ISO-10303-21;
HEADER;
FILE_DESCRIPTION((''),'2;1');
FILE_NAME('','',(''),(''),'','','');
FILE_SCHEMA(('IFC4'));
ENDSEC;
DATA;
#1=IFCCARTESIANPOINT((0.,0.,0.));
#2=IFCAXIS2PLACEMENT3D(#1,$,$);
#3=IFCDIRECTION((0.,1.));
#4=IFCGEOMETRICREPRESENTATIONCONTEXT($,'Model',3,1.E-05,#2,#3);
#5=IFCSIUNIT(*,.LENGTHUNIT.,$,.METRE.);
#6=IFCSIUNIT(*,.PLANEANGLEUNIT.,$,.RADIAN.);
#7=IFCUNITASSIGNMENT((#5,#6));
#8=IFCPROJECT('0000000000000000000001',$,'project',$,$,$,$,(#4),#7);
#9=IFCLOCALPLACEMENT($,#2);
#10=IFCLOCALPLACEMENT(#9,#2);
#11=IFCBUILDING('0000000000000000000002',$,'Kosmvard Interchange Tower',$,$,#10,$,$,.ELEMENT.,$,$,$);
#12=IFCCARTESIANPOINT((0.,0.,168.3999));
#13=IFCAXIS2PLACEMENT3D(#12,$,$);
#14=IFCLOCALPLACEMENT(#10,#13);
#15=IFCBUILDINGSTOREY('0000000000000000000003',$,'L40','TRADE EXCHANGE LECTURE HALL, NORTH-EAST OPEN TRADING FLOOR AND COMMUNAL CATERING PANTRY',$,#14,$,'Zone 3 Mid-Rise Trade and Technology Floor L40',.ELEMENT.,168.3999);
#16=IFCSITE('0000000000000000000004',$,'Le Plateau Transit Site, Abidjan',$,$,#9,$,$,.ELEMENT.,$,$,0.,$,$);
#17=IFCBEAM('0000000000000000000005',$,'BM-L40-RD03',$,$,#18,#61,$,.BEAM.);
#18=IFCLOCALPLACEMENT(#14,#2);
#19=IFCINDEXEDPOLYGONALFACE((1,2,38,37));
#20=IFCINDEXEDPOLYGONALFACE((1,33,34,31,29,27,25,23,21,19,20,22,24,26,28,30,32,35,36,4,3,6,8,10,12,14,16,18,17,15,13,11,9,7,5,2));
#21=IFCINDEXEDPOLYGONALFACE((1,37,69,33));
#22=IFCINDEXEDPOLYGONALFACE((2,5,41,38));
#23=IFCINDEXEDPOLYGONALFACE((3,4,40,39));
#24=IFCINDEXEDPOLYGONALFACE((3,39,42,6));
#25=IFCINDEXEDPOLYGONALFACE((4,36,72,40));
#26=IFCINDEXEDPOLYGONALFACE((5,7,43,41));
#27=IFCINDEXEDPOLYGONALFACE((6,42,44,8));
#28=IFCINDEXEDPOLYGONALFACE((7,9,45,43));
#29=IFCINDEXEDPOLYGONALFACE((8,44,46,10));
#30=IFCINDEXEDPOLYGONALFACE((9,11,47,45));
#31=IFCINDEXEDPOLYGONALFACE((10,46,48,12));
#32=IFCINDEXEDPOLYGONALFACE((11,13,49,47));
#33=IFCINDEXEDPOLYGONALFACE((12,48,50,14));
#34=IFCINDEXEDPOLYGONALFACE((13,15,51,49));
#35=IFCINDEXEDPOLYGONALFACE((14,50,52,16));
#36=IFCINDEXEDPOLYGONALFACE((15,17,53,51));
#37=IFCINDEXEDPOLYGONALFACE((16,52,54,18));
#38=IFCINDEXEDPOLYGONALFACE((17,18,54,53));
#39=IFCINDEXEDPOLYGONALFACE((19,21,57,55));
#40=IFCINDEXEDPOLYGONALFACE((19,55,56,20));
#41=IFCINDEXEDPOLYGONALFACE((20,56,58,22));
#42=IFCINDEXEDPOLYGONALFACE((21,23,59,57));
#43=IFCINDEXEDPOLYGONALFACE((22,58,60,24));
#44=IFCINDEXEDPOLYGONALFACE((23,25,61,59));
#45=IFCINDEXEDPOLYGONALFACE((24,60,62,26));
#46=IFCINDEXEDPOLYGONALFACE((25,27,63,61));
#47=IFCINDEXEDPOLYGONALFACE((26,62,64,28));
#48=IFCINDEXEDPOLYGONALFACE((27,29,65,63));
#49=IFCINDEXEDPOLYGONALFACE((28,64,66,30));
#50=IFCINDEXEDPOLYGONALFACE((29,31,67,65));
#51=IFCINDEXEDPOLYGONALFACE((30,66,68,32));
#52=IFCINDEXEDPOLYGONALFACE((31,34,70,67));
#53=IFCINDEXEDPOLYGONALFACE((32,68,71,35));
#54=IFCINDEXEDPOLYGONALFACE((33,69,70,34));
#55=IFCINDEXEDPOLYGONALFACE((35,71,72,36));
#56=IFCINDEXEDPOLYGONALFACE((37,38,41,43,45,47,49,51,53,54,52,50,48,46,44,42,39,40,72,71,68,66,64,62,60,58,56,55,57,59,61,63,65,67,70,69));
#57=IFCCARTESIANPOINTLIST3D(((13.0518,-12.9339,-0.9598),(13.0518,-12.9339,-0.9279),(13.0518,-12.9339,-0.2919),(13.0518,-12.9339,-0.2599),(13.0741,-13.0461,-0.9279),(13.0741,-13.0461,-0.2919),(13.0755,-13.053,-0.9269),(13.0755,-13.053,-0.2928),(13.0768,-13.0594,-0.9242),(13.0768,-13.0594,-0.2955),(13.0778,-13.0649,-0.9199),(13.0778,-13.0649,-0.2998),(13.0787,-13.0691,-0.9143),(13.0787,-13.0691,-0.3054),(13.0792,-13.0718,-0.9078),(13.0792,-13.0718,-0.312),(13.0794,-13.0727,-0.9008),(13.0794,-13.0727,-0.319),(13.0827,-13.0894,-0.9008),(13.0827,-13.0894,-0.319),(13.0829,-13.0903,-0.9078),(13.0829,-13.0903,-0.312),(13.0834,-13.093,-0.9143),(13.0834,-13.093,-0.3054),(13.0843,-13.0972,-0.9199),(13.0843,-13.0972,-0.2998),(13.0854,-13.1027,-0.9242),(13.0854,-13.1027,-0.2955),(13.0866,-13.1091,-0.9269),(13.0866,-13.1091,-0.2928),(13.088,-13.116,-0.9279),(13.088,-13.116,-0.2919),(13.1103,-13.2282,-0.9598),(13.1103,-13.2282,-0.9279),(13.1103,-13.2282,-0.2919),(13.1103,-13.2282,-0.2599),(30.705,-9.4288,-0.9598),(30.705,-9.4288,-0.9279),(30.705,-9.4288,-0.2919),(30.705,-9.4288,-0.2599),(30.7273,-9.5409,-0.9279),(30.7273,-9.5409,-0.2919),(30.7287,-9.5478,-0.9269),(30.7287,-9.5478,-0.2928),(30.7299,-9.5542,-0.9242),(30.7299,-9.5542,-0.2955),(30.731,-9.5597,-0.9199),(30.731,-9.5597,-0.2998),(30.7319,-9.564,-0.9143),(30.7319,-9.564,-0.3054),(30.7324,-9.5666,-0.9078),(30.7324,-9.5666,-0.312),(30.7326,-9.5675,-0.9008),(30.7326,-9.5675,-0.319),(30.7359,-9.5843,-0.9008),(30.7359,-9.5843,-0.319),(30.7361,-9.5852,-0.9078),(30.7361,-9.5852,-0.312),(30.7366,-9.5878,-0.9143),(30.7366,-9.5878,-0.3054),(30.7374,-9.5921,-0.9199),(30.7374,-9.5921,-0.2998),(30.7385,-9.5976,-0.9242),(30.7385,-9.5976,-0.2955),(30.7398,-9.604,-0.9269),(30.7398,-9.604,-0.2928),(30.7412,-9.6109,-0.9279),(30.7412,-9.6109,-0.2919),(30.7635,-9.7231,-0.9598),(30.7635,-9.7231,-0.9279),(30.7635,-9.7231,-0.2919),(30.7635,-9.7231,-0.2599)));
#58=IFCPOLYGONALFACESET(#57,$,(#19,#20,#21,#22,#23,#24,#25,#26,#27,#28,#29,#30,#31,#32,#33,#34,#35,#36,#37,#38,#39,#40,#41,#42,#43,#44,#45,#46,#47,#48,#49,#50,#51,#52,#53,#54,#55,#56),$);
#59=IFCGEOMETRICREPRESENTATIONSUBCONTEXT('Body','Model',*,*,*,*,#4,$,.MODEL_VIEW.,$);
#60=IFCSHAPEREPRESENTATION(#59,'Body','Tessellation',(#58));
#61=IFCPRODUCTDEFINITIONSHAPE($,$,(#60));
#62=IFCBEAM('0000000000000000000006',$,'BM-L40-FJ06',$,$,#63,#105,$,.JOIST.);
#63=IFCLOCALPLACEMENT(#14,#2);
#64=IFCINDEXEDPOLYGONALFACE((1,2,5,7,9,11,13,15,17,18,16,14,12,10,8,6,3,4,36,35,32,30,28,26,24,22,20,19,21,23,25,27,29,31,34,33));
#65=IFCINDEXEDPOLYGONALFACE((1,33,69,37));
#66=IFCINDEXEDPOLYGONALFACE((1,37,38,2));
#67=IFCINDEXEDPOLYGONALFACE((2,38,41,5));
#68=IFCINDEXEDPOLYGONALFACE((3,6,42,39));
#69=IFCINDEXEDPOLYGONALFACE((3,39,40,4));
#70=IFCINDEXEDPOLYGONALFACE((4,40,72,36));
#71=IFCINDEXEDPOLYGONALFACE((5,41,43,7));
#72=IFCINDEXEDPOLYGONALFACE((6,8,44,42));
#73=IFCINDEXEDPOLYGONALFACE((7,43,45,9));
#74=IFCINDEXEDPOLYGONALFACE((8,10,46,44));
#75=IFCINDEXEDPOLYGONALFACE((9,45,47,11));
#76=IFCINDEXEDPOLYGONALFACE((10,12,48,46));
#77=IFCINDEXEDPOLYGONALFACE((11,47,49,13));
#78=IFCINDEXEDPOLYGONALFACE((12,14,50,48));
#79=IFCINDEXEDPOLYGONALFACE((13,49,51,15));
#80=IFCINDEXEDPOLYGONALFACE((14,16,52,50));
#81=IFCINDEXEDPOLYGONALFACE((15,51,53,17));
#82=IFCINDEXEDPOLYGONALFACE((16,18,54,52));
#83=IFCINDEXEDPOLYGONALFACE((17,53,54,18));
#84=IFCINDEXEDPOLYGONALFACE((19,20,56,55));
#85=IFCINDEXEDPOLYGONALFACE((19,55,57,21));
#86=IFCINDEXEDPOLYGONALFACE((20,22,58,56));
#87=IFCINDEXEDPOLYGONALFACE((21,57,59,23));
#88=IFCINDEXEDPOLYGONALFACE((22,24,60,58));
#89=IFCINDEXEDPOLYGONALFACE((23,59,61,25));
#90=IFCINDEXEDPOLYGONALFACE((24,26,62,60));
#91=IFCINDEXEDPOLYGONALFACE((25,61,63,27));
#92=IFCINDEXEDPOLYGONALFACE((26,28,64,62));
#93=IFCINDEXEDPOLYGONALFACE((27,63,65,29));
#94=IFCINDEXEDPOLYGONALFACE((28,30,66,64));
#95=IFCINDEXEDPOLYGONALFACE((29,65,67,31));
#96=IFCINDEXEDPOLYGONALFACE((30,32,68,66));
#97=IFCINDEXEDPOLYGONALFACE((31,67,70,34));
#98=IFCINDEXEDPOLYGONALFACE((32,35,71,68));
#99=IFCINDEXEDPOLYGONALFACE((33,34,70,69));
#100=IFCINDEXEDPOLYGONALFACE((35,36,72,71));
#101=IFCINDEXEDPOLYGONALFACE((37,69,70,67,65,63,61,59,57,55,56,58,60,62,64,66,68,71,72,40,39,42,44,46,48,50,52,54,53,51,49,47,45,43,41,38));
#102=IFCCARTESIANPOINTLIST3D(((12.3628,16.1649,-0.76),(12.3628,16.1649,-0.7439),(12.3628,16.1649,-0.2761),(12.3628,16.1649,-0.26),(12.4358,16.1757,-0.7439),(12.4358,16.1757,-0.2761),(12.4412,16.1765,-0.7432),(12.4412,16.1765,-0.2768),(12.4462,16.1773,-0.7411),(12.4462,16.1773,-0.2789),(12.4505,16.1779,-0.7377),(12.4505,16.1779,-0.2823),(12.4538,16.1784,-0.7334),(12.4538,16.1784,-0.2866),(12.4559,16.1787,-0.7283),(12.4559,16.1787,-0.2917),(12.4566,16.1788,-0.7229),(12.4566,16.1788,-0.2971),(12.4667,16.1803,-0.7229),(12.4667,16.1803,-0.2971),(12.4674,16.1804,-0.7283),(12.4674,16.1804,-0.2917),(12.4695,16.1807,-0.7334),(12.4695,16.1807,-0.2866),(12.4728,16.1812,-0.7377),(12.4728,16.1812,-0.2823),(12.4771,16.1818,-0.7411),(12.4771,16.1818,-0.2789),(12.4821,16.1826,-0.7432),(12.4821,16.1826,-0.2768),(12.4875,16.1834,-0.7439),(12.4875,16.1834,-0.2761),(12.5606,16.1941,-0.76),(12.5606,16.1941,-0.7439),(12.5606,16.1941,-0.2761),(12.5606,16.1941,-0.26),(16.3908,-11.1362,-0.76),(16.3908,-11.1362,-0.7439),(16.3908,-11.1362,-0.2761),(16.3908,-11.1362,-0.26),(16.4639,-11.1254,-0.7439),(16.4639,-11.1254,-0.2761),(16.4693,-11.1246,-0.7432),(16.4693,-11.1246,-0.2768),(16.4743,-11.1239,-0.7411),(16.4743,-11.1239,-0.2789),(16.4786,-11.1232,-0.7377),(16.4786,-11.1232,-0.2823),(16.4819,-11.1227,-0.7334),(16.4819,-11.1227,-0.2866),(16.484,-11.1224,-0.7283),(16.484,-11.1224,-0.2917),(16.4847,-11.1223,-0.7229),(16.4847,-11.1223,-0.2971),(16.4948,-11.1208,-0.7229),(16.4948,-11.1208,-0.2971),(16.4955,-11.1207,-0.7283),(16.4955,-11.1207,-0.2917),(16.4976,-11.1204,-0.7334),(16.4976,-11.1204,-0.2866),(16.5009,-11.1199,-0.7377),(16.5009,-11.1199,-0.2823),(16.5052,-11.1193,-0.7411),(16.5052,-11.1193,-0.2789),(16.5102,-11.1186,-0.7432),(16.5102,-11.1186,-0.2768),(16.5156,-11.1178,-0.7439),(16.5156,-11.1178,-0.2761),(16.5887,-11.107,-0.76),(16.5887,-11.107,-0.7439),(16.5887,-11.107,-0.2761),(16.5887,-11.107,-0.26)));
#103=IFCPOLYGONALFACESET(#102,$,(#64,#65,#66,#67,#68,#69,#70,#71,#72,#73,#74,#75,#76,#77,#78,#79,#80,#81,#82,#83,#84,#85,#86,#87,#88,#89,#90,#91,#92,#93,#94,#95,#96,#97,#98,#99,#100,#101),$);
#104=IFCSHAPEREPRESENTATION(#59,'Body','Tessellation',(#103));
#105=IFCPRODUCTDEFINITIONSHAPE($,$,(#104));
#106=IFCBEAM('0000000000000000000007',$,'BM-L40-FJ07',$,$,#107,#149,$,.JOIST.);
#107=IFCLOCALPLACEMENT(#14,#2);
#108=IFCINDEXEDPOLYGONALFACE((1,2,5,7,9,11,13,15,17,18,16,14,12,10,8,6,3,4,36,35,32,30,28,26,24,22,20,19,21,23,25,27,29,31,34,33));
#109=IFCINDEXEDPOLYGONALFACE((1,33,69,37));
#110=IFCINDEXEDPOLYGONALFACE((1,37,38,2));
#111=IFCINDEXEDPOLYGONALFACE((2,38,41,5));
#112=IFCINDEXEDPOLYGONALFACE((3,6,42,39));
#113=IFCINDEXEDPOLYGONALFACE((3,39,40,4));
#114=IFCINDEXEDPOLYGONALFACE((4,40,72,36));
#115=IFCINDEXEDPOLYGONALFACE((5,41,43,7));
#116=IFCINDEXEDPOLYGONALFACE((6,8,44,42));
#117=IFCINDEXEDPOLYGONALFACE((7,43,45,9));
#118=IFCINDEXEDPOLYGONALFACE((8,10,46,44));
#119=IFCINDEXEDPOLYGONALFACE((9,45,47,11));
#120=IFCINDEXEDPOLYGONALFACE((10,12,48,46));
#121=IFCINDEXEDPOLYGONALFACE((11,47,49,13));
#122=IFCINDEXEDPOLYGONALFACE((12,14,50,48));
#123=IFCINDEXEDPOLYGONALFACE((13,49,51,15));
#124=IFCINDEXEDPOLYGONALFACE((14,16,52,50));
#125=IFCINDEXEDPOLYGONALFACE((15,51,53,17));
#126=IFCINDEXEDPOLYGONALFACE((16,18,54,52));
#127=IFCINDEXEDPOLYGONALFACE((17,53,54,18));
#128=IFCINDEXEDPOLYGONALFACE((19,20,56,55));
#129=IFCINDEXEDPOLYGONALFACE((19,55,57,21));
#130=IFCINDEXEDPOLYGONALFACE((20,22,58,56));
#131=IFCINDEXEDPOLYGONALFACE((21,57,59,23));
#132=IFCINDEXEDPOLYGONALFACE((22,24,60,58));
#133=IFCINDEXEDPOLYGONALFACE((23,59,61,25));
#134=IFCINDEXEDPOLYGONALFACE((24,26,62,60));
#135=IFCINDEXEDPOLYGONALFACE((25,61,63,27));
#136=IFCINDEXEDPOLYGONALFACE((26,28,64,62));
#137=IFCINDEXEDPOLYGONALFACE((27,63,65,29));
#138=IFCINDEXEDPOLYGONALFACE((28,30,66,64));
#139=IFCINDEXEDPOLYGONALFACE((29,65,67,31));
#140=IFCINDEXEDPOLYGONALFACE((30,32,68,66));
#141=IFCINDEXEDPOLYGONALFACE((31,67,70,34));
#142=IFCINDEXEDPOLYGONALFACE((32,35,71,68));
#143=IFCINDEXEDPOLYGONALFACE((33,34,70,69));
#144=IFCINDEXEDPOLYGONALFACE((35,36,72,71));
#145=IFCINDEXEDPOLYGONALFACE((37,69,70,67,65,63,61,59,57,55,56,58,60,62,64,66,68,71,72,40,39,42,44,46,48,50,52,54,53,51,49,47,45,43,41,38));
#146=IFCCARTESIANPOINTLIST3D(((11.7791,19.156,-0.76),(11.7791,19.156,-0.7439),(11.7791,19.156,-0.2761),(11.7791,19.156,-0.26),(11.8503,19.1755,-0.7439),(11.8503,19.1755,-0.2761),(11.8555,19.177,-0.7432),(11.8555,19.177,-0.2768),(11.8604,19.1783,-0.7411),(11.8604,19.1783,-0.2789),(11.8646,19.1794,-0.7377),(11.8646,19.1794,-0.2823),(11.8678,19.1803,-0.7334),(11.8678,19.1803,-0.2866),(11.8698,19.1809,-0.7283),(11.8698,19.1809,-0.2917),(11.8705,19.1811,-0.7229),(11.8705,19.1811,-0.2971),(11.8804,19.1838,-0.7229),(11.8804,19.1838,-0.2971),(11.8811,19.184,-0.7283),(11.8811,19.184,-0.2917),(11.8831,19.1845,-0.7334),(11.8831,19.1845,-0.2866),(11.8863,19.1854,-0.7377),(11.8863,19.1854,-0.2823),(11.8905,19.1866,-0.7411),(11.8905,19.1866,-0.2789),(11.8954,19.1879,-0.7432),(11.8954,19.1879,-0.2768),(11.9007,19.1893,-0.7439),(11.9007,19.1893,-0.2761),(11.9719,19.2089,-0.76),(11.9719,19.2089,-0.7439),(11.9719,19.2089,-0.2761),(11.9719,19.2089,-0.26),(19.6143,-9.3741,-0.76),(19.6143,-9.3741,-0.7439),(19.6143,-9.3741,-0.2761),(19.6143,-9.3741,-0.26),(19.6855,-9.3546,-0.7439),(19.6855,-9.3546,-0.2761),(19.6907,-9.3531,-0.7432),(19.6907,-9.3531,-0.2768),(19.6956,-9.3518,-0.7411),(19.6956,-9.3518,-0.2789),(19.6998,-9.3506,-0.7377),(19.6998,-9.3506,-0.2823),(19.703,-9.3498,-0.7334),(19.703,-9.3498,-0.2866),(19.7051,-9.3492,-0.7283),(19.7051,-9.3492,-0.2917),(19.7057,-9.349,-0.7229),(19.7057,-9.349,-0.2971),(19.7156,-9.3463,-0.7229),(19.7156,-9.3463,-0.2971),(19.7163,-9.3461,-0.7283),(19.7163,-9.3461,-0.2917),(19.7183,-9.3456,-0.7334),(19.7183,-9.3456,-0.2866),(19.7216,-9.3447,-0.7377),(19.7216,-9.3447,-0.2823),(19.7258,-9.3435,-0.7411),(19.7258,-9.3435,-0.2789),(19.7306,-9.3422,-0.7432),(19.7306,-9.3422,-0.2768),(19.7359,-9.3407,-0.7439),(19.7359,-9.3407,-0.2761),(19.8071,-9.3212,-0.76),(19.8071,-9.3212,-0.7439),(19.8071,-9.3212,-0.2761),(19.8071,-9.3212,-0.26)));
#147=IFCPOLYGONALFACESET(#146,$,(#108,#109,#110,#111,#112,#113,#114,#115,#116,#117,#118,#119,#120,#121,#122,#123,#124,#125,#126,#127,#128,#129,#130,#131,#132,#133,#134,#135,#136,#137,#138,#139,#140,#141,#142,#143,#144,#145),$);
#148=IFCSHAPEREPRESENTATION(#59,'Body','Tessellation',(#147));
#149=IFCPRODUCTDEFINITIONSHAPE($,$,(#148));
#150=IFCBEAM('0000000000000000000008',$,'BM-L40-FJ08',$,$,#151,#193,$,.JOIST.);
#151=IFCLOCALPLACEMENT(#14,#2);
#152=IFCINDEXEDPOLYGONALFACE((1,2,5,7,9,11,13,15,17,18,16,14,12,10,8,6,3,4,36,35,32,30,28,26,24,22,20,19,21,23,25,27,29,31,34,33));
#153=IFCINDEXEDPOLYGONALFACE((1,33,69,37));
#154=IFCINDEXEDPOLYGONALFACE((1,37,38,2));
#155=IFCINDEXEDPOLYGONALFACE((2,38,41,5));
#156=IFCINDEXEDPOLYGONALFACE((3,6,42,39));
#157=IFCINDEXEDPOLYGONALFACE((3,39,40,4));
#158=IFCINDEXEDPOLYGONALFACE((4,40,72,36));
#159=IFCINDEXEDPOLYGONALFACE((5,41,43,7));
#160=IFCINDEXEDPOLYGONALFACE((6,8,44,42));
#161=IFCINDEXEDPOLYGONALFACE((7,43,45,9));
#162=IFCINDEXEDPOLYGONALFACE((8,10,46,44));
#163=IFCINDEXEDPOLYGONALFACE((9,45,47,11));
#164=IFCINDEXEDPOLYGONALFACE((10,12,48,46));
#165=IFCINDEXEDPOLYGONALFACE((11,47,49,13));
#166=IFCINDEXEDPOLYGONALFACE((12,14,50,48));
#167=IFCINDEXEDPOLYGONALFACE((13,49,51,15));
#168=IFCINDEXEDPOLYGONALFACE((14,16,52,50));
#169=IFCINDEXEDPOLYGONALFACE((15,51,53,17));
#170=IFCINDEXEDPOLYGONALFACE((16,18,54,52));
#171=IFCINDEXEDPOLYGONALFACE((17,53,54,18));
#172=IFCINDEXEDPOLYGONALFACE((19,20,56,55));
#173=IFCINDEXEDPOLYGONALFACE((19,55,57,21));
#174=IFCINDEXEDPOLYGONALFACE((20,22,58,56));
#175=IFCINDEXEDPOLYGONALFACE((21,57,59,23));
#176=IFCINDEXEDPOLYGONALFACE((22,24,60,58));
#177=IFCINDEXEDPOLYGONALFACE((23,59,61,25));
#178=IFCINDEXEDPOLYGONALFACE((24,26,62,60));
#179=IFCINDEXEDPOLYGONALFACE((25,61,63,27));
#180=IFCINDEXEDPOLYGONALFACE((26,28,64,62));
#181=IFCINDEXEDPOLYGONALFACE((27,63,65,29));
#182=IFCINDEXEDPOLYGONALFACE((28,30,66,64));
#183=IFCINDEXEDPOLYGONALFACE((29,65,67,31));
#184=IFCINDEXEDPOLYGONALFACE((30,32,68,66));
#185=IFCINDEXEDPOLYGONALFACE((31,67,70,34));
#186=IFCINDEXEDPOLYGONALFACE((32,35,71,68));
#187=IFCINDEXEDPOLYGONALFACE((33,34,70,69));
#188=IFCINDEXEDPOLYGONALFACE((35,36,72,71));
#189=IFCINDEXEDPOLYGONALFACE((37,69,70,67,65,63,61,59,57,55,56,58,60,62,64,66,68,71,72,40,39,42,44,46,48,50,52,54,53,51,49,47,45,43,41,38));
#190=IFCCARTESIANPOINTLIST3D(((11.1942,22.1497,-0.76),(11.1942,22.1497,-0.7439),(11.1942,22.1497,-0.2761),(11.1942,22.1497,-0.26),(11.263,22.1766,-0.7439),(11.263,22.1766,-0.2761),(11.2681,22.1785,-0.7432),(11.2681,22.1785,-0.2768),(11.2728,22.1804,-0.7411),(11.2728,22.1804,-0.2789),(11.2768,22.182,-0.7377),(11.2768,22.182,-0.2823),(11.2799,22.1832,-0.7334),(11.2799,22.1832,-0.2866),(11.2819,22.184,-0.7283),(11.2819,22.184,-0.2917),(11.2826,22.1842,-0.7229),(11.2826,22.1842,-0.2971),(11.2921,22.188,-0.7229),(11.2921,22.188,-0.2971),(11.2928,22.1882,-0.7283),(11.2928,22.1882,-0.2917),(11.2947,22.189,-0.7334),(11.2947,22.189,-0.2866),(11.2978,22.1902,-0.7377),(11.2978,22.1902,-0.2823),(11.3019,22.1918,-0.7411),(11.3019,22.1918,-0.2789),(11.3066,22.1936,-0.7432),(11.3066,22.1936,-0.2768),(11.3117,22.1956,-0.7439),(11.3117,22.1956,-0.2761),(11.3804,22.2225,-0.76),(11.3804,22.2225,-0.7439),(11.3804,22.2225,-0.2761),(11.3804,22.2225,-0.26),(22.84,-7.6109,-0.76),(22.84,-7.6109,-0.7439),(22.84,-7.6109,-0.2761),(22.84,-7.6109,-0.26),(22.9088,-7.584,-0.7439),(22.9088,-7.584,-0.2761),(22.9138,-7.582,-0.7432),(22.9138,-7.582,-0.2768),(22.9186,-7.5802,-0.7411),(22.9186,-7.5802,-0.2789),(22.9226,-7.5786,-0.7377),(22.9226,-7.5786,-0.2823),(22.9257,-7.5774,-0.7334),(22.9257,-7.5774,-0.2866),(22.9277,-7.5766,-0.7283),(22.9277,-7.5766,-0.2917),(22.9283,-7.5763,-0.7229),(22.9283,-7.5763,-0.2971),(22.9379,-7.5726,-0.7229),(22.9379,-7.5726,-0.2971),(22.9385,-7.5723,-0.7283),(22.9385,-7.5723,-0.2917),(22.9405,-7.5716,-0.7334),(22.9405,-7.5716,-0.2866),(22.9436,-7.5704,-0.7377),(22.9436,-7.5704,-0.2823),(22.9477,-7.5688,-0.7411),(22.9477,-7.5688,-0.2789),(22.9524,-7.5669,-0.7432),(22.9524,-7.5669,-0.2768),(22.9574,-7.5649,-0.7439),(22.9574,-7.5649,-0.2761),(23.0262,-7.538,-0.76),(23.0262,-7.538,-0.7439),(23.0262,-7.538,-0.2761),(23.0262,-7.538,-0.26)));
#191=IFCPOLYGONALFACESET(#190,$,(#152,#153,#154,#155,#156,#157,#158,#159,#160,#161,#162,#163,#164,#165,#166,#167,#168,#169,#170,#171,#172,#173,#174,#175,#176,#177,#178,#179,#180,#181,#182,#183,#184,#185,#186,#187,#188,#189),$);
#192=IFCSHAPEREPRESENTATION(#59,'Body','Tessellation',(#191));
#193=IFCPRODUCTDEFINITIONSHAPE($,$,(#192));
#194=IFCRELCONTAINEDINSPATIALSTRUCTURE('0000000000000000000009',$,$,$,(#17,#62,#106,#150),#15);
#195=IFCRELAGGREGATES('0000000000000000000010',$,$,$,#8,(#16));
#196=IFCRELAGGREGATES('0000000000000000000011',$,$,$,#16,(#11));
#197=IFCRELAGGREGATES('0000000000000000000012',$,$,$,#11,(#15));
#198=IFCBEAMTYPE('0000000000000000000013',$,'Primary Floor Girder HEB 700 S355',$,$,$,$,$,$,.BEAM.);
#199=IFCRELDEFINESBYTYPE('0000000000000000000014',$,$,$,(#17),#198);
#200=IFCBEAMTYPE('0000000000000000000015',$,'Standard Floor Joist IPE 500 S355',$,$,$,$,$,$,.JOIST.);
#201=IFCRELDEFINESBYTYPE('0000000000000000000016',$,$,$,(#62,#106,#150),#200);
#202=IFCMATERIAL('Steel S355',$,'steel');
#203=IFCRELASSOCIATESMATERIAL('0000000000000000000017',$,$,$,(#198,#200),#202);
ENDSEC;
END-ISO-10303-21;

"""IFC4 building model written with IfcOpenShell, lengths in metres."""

from ifc_helpers import new_model, si_unit, direction, frame, origin, origin_2d, place, context, subcontext, project, spatial, i_section, extrude, source, transform, mapped, material, material_profile, profile_set, type_object, element, save


model = new_model("IFC4")

# Units and contexts
model_context = context("Model", 3, precision=1e-05, world=origin(), true_north=direction((0.0, 1.0)))
body_context = subcontext(model_context, "Body", "Model", "MODEL_VIEW")
ifc_project = project(units=[si_unit("LENGTHUNIT", "METRE"), si_unit("PLANEANGLEUNIT", "RADIAN")], contexts=[model_context])

# Site, building, storey
site_placement = place(None, origin())
site = spatial("IfcSite", under=ifc_project, at=site_placement, Name="Le Plateau Transit Site, Abidjan", CompositionType="ELEMENT", RefElevation=0.0)
building_placement = place(site_placement, origin())
building = spatial("IfcBuilding", under=site, at=building_placement, Name="Kosmvard Interchange Tower", CompositionType="ELEMENT")
storey_placement = place(building_placement, frame((0.0, 0.0, 168.3999)))
storey = spatial("IfcBuildingStorey", under=building, at=storey_placement, Name="L40", Description="TRADE EXCHANGE LECTURE HALL, NORTH-EAST OPEN TRADING FLOOR AND COMMUNAL CATERING PANTRY", LongName="Zone 3 Mid-Rise Trade and Technology Floor L40", CompositionType="ELEMENT", Elevation=168.3999)

# Beams
ifc_material_1 = material(Name="Steel S355", Category="steel")
ifc_material_profile_1 = material_profile(ifc_material_1, i_section(OverallWidth=0.3, OverallDepth=0.7, WebThickness=0.0171, FlangeThickness=0.032, FilletRadius=0.0271, at=origin_2d()), Name="HEB 700")
ifc_profile_set_1 = profile_set([ifc_material_profile_1], Name="Steel S355")
beam_type_1 = type_object("IfcBeamType", Name="Primary Floor Girder HEB 700 S355", PredefinedType="BEAM", material=ifc_profile_set_1)
shared_shape_1 = source(origin(), body_context, "Body", "SweptSolid", [
    extrude(i_section(OverallWidth=0.3, OverallDepth=0.7, WebThickness=0.0171, FlangeThickness=0.032, FilletRadius=0.0271, at=origin_2d()), origin(), (0.0, 0.0, 1.0), 17.9978),
])
beam_1_placement = place(storey_placement, frame((13.0811, -13.0811, -0.6099), z_axis=(0.980852, 0.194754, 0.0), x_axis=(-0.194754, 0.980852, 0.0)))
element("IfcBeam", 1, at=beam_1_placement, inside=storey, type_object=beam_type_1, Name="BM-L40-RD03", PredefinedType="BEAM", context=body_context, shape_type="MappedRepresentation", body=[
    mapped(shared_shape_1, transform((0.0, 0.0, 0.0), scale=1.0)),
])
ifc_material_profile_2 = material_profile(ifc_material_1, i_section(OverallWidth=0.2, OverallDepth=0.5, WebThickness=0.0103, FlangeThickness=0.0161, FilletRadius=0.021, at=origin_2d()), Name="IPE 500")
ifc_profile_set_2 = profile_set([ifc_material_profile_2], Name="Steel S355")
beam_type_2 = type_object("IfcBeamType", Name="Standard Floor Joist IPE 500 S355", PredefinedType="JOIST", material=ifc_profile_set_2)
shared_shape_2 = source(origin(), body_context, "Body", "SweptSolid", [
    extrude(i_section(OverallWidth=0.2, OverallDepth=0.5, WebThickness=0.0103, FlangeThickness=0.0161, FilletRadius=0.021, at=origin_2d()), origin(), (0.0, 0.0, 1.0), 27.5967),
])
beam_2_placement = place(storey_placement, frame((16.4897, -11.1216, -0.51), z_axis=(-0.145963, 0.98929, 0.0), x_axis=(-0.98929, -0.145963, 0.0)))
element("IfcBeam", 2, at=beam_2_placement, inside=storey, type_object=beam_type_2, Name="BM-L40-FJ06", PredefinedType="JOIST", context=body_context, shape_type="MappedRepresentation", body=[
    mapped(shared_shape_2, transform((0.0, 0.0, 0.0), scale=1.0)),
])
shared_shape_3 = source(origin(), body_context, "Body", "SweptSolid", [
    extrude(i_section(OverallWidth=0.2, OverallDepth=0.5, WebThickness=0.0103, FlangeThickness=0.0161, FilletRadius=0.021, at=origin_2d()), origin(), (0.0, 0.0, 1.0), 29.5864),
])
beam_3_placement = place(storey_placement, frame((19.7107, -9.3477, -0.51), z_axis=(-0.264825, 0.964297, 0.0), x_axis=(-0.964297, -0.264825, 0.0)))
element("IfcBeam", 3, at=beam_3_placement, inside=storey, type_object=beam_type_2, Name="BM-L40-FJ07", PredefinedType="JOIST", context=body_context, shape_type="MappedRepresentation", body=[
    mapped(shared_shape_3, transform((0.0, 0.0, 0.0), scale=1.0)),
])
shared_shape_4 = source(origin(), body_context, "Body", "SweptSolid", [
    extrude(i_section(OverallWidth=0.2, OverallDepth=0.5, WebThickness=0.0103, FlangeThickness=0.0161, FilletRadius=0.021, at=origin_2d()), origin(), (0.0, 0.0, 1.0), 31.958),
])
beam_4_placement = place(storey_placement, frame((22.9331, -7.5745, -0.51), z_axis=(-0.364409, 0.931239, 0.0), x_axis=(-0.931239, -0.364409, 0.0)))
element("IfcBeam", 4, at=beam_4_placement, inside=storey, type_object=beam_type_2, Name="BM-L40-FJ08", PredefinedType="JOIST", context=body_context, shape_type="MappedRepresentation", body=[
    mapped(shared_shape_4, transform((0.0, 0.0, 0.0), scale=1.0)),
])

save(model, "model.ifc")
